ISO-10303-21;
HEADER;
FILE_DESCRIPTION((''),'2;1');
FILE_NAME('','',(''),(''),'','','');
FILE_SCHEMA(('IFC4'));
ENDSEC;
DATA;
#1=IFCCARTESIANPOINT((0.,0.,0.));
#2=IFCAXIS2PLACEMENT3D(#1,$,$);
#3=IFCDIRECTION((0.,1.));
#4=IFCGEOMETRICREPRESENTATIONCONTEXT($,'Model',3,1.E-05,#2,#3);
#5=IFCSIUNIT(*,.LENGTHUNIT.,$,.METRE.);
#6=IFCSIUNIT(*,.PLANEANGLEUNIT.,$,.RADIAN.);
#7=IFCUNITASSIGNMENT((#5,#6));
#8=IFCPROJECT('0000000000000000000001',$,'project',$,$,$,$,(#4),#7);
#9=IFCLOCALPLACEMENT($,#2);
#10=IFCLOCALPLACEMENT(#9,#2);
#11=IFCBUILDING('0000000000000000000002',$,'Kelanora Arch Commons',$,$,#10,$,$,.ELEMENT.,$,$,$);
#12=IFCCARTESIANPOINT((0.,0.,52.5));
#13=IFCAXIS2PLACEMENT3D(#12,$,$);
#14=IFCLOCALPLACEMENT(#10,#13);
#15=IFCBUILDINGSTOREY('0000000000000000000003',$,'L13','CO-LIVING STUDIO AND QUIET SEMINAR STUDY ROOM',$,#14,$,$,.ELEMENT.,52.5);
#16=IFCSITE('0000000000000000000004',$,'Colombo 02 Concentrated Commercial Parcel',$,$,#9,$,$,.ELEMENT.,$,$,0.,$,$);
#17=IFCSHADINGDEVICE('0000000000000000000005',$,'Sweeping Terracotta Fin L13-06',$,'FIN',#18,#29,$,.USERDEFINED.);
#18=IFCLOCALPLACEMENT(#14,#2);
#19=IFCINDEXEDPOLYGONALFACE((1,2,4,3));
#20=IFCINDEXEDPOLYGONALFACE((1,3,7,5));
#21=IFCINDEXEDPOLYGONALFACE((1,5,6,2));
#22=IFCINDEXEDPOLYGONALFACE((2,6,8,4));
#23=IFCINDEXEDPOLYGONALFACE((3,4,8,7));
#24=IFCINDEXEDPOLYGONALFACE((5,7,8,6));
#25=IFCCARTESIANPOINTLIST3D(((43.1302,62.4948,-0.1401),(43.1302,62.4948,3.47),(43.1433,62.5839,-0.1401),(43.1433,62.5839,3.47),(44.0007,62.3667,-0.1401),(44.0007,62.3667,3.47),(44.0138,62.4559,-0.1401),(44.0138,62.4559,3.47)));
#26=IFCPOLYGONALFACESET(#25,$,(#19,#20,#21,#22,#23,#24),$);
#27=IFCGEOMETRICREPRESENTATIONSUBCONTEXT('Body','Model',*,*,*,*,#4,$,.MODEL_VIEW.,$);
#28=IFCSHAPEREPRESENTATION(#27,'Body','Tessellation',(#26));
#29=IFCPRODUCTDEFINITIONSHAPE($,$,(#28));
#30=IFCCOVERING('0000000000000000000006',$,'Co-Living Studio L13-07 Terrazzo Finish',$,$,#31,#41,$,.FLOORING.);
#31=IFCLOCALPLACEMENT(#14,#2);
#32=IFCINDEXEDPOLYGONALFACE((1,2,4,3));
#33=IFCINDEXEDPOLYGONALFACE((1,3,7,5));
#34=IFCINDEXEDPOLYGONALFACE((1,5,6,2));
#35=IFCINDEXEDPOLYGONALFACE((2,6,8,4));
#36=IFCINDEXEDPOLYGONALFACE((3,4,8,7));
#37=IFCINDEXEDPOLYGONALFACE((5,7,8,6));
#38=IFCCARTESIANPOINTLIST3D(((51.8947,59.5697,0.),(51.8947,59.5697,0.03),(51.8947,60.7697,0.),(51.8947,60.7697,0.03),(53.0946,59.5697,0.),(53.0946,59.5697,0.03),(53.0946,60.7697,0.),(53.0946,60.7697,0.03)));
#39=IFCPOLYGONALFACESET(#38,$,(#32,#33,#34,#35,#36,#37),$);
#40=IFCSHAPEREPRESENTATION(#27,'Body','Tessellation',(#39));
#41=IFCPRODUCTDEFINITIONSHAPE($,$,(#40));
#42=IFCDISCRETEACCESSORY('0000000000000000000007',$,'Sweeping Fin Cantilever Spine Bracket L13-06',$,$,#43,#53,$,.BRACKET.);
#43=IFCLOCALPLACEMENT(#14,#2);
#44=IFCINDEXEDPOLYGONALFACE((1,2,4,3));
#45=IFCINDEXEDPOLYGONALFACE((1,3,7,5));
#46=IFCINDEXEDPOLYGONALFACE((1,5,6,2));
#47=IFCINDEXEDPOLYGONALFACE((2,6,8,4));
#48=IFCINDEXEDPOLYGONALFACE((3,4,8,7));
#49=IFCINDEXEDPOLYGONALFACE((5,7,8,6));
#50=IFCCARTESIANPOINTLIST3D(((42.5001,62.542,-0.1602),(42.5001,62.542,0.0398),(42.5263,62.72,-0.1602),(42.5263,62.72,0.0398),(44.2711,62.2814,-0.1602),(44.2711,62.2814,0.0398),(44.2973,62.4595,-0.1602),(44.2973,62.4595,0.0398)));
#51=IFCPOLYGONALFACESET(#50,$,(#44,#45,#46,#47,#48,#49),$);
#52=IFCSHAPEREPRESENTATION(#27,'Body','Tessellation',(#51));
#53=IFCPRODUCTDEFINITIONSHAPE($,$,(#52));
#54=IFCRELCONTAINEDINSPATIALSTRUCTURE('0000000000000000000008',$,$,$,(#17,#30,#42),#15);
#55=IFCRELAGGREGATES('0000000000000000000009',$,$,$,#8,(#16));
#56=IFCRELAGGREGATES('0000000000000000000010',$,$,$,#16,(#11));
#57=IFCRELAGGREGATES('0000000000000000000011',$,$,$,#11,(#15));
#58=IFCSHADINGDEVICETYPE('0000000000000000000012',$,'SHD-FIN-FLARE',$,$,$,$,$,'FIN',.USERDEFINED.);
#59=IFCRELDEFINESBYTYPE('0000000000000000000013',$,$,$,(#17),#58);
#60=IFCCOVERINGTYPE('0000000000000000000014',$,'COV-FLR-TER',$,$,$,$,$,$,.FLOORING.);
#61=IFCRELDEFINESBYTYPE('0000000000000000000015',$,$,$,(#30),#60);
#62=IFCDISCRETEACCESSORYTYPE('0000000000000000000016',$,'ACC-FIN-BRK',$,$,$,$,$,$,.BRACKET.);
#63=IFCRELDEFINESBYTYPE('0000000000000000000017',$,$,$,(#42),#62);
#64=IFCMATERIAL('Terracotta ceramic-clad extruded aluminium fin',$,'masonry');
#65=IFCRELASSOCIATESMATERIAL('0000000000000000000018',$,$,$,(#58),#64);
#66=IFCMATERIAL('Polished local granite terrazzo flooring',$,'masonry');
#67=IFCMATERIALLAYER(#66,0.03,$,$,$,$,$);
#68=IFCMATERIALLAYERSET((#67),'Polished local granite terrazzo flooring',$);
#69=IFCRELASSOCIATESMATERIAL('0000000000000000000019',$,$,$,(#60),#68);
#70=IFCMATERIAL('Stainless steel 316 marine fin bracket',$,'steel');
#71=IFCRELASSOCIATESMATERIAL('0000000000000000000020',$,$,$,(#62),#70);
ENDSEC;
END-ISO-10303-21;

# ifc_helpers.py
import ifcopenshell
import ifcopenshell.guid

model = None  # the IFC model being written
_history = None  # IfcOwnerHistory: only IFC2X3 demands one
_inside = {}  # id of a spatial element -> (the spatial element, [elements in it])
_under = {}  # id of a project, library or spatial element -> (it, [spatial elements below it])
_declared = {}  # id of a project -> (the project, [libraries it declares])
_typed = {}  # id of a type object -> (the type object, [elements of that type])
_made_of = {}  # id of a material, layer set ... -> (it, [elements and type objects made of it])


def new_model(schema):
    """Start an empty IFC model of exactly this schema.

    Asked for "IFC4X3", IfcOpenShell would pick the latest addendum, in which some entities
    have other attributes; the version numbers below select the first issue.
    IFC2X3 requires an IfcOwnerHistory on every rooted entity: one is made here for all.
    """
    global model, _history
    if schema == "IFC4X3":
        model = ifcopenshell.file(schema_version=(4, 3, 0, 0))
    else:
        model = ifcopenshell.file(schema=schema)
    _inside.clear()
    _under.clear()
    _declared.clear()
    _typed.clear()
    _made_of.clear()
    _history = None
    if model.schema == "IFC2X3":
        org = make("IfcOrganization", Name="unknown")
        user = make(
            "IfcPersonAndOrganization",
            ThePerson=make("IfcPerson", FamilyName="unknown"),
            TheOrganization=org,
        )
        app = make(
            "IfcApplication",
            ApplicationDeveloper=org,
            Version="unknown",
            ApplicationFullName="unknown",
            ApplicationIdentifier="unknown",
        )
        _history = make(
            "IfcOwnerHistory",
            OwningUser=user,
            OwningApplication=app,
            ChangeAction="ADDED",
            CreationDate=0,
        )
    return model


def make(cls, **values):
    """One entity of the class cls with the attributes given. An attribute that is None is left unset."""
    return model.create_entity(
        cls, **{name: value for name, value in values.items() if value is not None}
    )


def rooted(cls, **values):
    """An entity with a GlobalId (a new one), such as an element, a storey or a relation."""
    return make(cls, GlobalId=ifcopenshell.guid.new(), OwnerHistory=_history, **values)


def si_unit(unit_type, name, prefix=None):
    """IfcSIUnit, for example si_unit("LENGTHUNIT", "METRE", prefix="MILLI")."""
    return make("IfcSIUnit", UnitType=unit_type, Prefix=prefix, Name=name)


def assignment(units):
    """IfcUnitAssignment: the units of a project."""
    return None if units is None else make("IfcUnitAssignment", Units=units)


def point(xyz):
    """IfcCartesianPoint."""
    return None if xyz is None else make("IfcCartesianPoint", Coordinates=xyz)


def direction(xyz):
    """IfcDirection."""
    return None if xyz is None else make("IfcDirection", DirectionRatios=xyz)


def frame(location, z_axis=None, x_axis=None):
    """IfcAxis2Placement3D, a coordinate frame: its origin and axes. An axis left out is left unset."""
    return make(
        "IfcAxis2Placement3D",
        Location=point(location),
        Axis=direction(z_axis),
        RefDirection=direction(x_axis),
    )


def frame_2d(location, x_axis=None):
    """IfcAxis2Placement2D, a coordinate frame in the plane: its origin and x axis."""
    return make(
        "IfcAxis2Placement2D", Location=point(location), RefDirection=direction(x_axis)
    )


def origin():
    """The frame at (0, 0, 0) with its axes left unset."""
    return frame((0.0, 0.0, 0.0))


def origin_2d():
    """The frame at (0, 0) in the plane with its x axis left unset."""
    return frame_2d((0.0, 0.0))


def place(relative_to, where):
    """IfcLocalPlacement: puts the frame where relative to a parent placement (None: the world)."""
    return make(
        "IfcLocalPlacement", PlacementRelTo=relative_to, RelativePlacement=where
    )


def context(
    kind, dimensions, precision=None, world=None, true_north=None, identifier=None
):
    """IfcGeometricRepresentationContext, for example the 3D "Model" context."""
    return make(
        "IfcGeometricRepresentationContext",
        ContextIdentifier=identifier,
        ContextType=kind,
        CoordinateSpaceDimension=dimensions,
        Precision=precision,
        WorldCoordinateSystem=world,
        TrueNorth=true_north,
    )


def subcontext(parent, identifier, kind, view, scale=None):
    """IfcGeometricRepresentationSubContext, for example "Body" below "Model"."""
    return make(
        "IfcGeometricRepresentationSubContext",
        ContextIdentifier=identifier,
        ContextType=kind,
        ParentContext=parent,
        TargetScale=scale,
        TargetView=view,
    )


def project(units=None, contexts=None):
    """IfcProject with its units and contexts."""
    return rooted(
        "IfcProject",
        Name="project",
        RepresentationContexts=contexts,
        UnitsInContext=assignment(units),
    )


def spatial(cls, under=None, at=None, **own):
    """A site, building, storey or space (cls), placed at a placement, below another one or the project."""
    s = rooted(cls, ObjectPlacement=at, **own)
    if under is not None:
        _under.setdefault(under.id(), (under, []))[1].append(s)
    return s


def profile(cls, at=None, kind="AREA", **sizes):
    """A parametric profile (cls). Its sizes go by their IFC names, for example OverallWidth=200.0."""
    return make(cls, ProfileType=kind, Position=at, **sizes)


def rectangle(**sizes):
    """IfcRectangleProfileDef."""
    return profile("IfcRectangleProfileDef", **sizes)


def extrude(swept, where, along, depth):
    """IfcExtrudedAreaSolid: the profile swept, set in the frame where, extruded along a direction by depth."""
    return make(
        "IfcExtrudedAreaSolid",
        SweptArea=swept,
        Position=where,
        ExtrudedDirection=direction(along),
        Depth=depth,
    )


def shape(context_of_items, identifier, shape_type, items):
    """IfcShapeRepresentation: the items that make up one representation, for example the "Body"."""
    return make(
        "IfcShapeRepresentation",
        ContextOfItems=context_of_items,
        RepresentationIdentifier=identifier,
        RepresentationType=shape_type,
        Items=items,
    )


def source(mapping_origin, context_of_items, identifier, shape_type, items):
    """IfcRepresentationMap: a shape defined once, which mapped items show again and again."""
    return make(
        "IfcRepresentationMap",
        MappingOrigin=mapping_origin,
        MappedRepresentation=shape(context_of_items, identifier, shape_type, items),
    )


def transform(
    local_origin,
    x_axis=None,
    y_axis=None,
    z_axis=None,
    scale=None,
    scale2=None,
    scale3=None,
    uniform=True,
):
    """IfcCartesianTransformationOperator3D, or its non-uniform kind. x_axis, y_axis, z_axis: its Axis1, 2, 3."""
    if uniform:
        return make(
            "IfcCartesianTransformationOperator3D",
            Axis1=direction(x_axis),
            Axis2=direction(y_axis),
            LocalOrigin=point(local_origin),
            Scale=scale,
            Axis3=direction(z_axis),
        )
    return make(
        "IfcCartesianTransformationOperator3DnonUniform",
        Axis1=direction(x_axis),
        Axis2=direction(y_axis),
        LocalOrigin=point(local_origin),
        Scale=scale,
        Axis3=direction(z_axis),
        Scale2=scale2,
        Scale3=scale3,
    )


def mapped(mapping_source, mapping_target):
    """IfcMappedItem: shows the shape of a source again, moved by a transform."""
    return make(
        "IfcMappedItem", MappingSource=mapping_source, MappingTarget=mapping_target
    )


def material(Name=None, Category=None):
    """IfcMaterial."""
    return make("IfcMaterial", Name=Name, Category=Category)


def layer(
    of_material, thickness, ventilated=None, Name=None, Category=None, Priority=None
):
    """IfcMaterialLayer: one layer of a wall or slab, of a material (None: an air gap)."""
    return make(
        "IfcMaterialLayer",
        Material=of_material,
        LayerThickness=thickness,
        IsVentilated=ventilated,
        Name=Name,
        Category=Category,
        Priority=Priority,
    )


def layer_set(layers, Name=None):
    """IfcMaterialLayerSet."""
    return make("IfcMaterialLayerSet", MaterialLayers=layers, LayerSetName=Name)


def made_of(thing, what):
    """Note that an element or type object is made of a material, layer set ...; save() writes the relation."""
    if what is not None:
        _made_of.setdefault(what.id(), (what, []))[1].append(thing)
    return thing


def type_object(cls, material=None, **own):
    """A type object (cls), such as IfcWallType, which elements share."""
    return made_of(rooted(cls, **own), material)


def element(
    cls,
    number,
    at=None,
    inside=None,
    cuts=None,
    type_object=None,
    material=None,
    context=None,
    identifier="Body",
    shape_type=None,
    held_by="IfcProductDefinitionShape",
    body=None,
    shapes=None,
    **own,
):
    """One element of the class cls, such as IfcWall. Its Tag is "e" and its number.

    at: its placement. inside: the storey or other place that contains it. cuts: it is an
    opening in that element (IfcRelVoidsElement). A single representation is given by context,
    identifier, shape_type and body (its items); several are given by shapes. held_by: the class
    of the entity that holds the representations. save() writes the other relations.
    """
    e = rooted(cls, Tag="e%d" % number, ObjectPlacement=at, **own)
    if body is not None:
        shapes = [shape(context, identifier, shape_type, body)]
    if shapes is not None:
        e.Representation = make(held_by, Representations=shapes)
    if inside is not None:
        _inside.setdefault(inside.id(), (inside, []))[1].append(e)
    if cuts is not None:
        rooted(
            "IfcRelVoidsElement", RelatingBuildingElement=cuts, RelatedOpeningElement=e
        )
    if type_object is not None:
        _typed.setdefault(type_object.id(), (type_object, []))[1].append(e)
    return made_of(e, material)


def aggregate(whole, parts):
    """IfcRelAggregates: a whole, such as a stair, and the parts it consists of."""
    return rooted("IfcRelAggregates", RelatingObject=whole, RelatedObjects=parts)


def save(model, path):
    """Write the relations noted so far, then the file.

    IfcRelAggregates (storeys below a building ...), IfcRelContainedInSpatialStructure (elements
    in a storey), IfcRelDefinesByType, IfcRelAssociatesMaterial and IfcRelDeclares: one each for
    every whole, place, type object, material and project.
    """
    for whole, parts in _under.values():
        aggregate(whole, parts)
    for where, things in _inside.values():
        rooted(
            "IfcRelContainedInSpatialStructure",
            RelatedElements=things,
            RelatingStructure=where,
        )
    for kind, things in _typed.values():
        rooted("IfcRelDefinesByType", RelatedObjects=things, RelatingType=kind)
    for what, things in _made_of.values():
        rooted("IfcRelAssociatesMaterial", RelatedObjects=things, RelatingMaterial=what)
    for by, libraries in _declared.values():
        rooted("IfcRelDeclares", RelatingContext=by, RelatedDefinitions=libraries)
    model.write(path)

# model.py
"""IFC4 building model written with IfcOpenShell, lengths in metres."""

from ifc_helpers import new_model, si_unit, direction, frame, origin, origin_2d, place, context, subcontext, project, spatial, rectangle, extrude, source, transform, mapped, material, layer, layer_set, type_object, element, save


model = new_model("IFC4")

# Units and contexts
model_context = context("Model", 3, precision=1e-05, world=origin(), true_north=direction((0.0, 1.0)))
body_context = subcontext(model_context, "Body", "Model", "MODEL_VIEW")
ifc_project = project(units=[si_unit("LENGTHUNIT", "METRE"), si_unit("PLANEANGLEUNIT", "RADIAN")], contexts=[model_context])

# Site, building, storey
site_placement = place(None, origin())
site = spatial("IfcSite", under=ifc_project, at=site_placement, Name="Colombo 02 Concentrated Commercial Parcel", CompositionType="ELEMENT", RefElevation=0.0)
building_placement = place(site_placement, origin())
building = spatial("IfcBuilding", under=site, at=building_placement, Name="Kelanora Arch Commons", CompositionType="ELEMENT")
storey_placement = place(building_placement, frame((0.0, 0.0, 52.5)))
storey = spatial("IfcBuildingStorey", under=building, at=storey_placement, Name="L13", Description="CO-LIVING STUDIO AND QUIET SEMINAR STUDY ROOM", CompositionType="ELEMENT", Elevation=52.5)

# Shading device
ifc_material_1 = material(Name="Terracotta ceramic-clad extruded aluminium fin", Category="masonry")
shading_device_type = type_object("IfcShadingDeviceType", Name="SHD-FIN-FLARE", ElementType="FIN", PredefinedType="USERDEFINED", material=ifc_material_1)
shared_shape_1 = source(origin(), body_context, "Body", "SweptSolid", [
    extrude(rectangle(XDim=0.8799, YDim=0.0901, at=origin_2d()), origin(), (0.0, 0.0, 1.0), 3.6101),
])
shading_device_placement = place(storey_placement, frame((43.572, 62.4753, -0.1401), z_axis=(0.0, 0.0, 1.0), x_axis=(-0.989349, 0.145565, 0.0)))
element("IfcShadingDevice", 1, at=shading_device_placement, inside=storey, type_object=shading_device_type, Name="Sweeping Terracotta Fin L13-06", ObjectType="FIN", PredefinedType="USERDEFINED", context=body_context, shape_type="MappedRepresentation", body=[
    mapped(shared_shape_1, transform((0.0, 0.0, 0.0), scale=1.0)),
])

# Covering
ifc_material_2 = material(Name="Polished local granite terrazzo flooring", Category="masonry")
ifc_layer_1 = layer(ifc_material_2, 0.03)
ifc_layer_set_1 = layer_set([ifc_layer_1], Name="Polished local granite terrazzo flooring")
covering_type = type_object("IfcCoveringType", Name="COV-FLR-TER", PredefinedType="FLOORING", material=ifc_layer_set_1)
shared_shape_2 = source(origin(), body_context, "Body", "SweptSolid", [
    extrude(rectangle(XDim=1.2, YDim=1.2, at=origin_2d()), origin(), (0.0, 0.0, 1.0), 0.03),
])
covering_placement = place(storey_placement, frame((52.4946, 60.1697, 0.0), z_axis=(0.0, 0.0, 1.0), x_axis=(1.0, 0.0, 0.0)))
element("IfcCovering", 2, at=covering_placement, inside=storey, type_object=covering_type, Name="Co-Living Studio L13-07 Terrazzo Finish", PredefinedType="FLOORING", context=body_context, shape_type="MappedRepresentation", body=[
    mapped(shared_shape_2, transform((0.0, 0.0, 0.0), scale=1.0)),
])

# Discrete accessory
ifc_material_3 = material(Name="Stainless steel 316 marine fin bracket", Category="steel")
discrete_accessory_type = type_object("IfcDiscreteAccessoryType", Name="ACC-FIN-BRK", PredefinedType="BRACKET", material=ifc_material_3)
shared_shape_3 = source(origin(), body_context, "Body", "SweptSolid", [
    extrude(rectangle(XDim=1.79, YDim=0.1799, at=origin_2d()), origin(), (0.0, 0.0, 1.0), 0.2),
])
discrete_accessory_placement = place(storey_placement, frame((43.3987, 62.5007, -0.1602), z_axis=(0.0, 0.0, 1.0), x_axis=(-0.989349, 0.145565, 0.0)))
element("IfcDiscreteAccessory", 3, at=discrete_accessory_placement, inside=storey, type_object=discrete_accessory_type, Name="Sweeping Fin Cantilever Spine Bracket L13-06", PredefinedType="BRACKET", context=body_context, shape_type="MappedRepresentation", body=[
    mapped(shared_shape_3, transform((0.0, 0.0, 0.0), scale=1.0)),
])

save(model, "model.ifc")
